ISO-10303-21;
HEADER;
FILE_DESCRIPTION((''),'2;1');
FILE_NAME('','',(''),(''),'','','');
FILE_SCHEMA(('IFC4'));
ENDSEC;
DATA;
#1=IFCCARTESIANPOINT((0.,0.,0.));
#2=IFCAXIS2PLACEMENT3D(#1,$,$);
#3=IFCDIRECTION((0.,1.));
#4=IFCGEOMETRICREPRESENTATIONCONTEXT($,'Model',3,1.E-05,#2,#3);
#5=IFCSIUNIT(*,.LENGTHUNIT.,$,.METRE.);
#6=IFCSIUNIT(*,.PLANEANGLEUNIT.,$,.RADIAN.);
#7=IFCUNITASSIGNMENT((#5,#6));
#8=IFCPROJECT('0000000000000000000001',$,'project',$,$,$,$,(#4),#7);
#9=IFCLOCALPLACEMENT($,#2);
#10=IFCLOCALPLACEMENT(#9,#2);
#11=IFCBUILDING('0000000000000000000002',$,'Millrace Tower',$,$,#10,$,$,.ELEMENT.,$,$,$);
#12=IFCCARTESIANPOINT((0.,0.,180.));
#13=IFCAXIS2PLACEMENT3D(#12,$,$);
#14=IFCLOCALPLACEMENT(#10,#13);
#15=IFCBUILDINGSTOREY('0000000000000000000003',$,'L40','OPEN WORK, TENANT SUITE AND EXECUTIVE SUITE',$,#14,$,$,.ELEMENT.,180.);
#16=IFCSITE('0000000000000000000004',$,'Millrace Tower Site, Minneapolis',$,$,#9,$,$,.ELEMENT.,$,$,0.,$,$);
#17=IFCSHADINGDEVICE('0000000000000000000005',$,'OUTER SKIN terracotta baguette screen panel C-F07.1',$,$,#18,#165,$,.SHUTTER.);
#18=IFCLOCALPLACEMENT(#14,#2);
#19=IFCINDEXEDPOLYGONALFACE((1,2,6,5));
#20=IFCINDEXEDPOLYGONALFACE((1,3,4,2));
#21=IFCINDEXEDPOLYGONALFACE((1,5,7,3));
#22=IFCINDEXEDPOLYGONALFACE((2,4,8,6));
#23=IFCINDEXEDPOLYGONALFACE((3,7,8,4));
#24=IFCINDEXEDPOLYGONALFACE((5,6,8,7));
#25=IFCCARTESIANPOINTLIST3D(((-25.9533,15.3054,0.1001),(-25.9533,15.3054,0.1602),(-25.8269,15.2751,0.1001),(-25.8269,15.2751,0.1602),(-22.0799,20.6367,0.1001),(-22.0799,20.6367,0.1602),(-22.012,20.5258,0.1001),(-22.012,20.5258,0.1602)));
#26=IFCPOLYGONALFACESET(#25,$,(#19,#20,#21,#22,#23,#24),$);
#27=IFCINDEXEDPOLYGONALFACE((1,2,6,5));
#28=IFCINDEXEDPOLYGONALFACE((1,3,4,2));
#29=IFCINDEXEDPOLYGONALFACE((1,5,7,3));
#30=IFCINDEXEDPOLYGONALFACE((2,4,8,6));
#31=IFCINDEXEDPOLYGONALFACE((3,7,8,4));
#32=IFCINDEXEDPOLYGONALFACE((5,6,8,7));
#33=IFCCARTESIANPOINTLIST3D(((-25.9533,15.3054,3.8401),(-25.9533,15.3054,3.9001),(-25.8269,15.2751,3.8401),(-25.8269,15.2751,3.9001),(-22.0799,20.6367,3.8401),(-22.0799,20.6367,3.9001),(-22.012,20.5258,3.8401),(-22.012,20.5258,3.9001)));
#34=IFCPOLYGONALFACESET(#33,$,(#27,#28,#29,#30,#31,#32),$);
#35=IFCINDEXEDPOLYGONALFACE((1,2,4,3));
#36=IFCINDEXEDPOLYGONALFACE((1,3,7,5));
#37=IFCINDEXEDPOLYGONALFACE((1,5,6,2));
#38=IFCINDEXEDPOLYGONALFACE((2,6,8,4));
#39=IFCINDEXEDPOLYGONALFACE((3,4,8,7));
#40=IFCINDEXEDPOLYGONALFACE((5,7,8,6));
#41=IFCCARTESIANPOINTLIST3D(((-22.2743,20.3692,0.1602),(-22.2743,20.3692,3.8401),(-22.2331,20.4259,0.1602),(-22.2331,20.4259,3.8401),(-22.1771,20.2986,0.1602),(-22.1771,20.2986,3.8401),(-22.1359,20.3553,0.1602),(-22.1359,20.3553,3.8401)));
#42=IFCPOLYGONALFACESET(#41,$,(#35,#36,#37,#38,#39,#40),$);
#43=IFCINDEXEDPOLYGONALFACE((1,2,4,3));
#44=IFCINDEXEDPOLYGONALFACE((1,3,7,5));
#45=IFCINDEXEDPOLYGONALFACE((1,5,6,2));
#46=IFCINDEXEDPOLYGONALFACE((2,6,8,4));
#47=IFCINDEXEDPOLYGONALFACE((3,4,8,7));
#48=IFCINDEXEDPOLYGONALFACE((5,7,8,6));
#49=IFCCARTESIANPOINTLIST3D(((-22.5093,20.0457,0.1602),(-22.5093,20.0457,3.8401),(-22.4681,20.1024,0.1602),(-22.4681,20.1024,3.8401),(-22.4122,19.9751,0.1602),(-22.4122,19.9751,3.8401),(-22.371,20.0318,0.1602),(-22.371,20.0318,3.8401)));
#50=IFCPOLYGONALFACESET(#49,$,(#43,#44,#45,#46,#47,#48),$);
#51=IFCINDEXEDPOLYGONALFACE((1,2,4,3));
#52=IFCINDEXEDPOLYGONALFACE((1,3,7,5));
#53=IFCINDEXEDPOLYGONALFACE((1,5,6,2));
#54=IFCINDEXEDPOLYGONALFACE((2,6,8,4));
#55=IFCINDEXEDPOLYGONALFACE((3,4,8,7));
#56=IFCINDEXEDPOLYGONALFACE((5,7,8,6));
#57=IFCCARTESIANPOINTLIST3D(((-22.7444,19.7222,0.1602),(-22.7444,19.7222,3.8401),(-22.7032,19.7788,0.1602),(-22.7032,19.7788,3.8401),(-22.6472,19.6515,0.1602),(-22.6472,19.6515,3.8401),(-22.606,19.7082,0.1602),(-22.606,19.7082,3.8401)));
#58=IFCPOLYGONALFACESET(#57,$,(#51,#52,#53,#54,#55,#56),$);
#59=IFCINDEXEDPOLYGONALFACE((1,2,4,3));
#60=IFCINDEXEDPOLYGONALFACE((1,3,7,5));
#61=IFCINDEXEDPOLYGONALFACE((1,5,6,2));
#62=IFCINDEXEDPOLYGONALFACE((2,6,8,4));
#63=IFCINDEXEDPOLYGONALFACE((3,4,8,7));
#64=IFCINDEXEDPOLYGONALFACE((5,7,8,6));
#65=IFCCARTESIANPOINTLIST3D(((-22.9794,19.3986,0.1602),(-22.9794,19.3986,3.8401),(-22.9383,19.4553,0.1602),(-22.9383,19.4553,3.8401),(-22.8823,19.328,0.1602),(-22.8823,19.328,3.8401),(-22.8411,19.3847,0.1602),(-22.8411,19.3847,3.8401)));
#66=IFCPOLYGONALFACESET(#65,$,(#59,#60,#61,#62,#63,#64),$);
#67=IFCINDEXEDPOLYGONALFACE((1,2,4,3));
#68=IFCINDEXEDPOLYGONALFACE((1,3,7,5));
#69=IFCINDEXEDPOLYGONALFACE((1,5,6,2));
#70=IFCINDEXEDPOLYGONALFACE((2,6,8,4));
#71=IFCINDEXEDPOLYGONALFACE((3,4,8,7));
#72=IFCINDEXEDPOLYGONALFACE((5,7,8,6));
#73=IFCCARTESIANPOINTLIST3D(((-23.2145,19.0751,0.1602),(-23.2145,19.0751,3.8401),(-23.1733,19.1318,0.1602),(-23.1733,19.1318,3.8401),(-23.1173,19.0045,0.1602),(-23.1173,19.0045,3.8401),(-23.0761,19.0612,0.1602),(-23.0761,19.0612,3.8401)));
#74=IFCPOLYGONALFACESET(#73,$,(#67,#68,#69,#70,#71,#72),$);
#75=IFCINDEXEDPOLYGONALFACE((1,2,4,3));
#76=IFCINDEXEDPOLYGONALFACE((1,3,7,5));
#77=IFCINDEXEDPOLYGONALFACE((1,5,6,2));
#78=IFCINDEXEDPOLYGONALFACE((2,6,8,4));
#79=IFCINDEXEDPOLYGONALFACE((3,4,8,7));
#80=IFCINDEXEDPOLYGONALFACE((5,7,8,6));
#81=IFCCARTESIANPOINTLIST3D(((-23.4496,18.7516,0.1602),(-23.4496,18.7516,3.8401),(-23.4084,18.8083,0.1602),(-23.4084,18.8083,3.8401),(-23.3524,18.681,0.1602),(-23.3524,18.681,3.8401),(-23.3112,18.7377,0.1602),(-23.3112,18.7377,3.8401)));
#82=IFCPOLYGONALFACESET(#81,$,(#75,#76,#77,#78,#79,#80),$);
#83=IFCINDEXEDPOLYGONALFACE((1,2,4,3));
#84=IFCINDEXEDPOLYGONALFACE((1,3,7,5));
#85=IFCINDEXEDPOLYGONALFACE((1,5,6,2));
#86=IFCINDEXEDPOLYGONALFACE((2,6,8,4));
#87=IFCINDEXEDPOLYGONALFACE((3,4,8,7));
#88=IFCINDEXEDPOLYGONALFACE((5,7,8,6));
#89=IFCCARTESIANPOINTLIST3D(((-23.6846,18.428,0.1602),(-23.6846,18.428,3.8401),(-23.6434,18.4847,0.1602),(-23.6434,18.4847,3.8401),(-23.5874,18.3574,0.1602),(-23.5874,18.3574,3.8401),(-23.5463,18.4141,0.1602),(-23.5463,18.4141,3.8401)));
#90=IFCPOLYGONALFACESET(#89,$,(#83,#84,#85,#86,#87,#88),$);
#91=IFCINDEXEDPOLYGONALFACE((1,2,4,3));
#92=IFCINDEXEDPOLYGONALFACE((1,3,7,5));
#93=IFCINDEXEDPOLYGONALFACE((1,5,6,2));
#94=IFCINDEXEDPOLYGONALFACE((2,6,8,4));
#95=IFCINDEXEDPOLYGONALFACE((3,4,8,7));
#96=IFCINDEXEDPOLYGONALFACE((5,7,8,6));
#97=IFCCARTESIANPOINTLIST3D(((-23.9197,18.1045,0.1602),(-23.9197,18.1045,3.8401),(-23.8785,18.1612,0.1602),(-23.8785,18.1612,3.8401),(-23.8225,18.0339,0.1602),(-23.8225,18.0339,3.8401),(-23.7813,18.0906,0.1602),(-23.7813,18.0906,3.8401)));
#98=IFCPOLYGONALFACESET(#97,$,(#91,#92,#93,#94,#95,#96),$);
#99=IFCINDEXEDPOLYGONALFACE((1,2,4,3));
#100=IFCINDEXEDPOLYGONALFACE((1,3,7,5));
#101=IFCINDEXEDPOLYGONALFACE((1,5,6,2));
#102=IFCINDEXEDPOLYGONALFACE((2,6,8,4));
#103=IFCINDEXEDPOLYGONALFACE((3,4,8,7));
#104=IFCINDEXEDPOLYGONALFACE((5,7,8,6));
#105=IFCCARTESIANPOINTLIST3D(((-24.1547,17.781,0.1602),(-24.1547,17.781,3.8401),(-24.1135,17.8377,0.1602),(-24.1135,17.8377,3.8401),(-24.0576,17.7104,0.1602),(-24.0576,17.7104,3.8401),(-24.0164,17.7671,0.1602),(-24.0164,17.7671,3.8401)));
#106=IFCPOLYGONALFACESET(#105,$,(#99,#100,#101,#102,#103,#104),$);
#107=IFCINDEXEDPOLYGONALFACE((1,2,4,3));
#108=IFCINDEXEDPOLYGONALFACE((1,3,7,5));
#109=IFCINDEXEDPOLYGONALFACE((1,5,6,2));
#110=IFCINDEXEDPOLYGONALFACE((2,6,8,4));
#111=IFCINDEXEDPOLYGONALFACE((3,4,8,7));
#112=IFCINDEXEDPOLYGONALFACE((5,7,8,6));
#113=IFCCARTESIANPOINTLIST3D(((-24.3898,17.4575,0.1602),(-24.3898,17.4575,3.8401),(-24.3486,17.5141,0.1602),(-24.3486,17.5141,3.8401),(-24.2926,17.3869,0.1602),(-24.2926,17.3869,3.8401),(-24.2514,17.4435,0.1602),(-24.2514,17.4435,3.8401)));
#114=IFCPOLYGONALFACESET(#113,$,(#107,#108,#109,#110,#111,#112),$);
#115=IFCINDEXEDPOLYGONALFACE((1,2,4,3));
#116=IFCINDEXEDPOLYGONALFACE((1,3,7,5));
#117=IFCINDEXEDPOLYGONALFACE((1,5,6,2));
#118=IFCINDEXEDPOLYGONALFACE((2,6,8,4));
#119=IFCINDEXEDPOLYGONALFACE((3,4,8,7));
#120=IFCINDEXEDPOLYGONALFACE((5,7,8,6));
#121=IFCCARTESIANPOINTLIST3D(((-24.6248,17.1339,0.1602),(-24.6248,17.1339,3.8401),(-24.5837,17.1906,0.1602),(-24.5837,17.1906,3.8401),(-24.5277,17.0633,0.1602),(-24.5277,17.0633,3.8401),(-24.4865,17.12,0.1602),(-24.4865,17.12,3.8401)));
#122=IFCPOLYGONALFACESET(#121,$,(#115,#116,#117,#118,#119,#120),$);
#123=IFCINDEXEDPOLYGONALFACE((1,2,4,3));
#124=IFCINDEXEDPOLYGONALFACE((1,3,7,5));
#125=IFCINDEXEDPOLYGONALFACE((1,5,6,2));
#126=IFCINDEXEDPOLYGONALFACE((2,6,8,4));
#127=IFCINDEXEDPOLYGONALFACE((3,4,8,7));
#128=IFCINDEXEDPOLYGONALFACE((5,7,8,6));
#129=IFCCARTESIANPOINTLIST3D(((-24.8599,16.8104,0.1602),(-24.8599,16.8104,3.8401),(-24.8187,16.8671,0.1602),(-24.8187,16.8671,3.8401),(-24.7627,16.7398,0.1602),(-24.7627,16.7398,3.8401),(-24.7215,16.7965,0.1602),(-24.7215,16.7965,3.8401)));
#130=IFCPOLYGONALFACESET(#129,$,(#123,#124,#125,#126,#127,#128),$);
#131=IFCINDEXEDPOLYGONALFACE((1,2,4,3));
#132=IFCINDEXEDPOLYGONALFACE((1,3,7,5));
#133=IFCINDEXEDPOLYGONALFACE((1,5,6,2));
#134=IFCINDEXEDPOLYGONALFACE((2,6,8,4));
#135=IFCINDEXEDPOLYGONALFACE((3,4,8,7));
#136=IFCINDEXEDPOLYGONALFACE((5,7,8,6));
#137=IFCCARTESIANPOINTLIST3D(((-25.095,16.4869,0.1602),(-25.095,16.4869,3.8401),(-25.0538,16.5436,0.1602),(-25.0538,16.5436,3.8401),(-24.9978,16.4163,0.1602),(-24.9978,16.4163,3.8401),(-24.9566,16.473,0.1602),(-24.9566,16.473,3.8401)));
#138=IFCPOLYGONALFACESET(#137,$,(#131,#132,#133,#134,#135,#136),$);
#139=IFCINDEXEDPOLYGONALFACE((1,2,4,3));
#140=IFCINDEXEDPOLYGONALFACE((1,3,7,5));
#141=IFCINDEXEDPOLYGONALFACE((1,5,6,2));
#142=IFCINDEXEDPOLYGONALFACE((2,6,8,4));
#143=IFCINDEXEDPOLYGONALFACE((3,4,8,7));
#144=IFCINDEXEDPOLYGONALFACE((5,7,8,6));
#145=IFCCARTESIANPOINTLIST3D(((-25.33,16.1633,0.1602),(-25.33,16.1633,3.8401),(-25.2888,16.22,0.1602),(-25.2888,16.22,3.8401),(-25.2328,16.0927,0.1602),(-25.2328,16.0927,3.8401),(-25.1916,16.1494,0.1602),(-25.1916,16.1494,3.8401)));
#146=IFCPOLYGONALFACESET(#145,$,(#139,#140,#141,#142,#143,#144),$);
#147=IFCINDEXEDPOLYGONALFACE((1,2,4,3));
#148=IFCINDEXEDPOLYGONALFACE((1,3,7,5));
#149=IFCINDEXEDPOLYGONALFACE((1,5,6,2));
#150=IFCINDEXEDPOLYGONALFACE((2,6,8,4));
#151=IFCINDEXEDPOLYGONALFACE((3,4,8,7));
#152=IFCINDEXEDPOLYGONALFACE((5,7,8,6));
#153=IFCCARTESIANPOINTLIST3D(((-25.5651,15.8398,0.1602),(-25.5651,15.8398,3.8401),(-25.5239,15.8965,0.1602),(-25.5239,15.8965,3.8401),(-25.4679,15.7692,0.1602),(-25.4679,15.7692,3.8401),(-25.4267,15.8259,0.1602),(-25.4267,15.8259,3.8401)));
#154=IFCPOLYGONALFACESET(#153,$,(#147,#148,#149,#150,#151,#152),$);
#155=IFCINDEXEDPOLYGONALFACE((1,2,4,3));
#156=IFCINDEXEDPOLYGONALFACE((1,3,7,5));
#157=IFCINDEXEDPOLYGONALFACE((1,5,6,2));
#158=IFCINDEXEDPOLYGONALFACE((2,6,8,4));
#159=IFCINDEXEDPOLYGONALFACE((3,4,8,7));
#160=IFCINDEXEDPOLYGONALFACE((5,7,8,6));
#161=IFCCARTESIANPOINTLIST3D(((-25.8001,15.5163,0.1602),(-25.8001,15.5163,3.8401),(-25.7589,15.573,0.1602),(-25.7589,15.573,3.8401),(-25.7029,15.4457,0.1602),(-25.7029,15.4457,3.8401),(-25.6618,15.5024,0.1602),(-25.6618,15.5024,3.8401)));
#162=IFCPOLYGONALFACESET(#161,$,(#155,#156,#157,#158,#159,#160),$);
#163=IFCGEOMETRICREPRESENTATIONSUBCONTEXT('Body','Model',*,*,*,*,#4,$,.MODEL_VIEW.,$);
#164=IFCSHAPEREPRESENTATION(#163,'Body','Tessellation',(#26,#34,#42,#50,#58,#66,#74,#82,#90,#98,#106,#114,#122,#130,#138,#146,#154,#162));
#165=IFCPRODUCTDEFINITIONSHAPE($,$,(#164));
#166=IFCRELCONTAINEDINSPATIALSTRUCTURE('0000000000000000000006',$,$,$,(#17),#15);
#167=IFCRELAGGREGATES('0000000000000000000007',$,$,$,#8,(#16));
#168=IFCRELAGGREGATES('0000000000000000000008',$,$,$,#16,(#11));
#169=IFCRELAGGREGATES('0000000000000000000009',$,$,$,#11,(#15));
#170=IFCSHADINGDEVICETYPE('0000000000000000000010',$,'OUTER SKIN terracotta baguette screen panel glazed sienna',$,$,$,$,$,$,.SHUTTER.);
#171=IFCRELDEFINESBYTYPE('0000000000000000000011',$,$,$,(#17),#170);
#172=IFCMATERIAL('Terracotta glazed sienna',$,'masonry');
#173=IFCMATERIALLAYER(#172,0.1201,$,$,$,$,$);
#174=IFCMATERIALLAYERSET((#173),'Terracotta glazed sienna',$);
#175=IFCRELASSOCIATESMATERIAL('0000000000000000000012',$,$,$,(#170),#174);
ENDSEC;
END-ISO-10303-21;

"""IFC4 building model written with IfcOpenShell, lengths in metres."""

from ifc_helpers import new_model, entity, si_unit, direction, frame, frame_2d, origin, place, context, subcontext, project, spatial, rectangle, extrude, source, transform, mapped, material, layer, layer_set, type_object, element, save


model = new_model("IFC4")

# Units and contexts
model_context = context("Model", 3, precision=1e-05, world=origin(), true_north=direction((0.0, 1.0)))
body_context = subcontext(model_context, "Body", "Model", "MODEL_VIEW")
ifc_project = project(units=[si_unit("LENGTHUNIT", "METRE"), si_unit("PLANEANGLEUNIT", "RADIAN")], contexts=[model_context])

# Site, building, storey
site_placement = place(None, origin())
site = spatial("IfcSite", under=ifc_project, at=site_placement, Name="Millrace Tower Site, Minneapolis", CompositionType="ELEMENT", RefElevation=0.0)
building_placement = place(site_placement, origin())
building = spatial("IfcBuilding", under=site, at=building_placement, Name="Millrace Tower", CompositionType="ELEMENT")
storey_placement = place(building_placement, frame((0.0, 0.0, 180.0)))
storey = spatial("IfcBuildingStorey", under=building, at=storey_placement, Name="L40", Description="OPEN WORK, TENANT SUITE AND EXECUTIVE SUITE", CompositionType="ELEMENT", Elevation=180.0)

# Shading device
ifc_material_1 = material(Name="Terracotta glazed sienna", Category="masonry")
ifc_layer_1 = layer(ifc_material_1, 0.1201)
ifc_layer_set_1 = layer_set([ifc_layer_1], Name="Terracotta glazed sienna")
shading_device_type = type_object("IfcShadingDeviceType", Name="OUTER SKIN terracotta baguette screen panel glazed sienna", PredefinedType="SHUTTER", material=ifc_layer_set_1)
cartesian_point_1 = entity("IfcCartesianPoint", [-3.2451, 0.0601])
shared_polyline_1 = entity("IfcPolyline", [cartesian_point_1, entity("IfcCartesianPoint", [3.2451, 0.0601]), entity("IfcCartesianPoint", [3.2949, -0.0601]), entity("IfcCartesianPoint", [-3.2949, -0.0601]), cartesian_point_1])
shared_shape_1 = source(origin(), body_context, "Body", "SweptSolid", [
    entity("IfcExtrudedAreaSolid", entity("IfcArbitraryClosedProfileDef", "AREA", None, shared_polyline_1), entity("IfcAxis2Placement3D", entity("IfcCartesianPoint", [0.0, 0.0, 0.0])), entity("IfcDirection", [0.0, 0.0, 1.0]), 0.0601),
    entity("IfcExtrudedAreaSolid", entity("IfcArbitraryClosedProfileDef", "AREA", None, shared_polyline_1), entity("IfcAxis2Placement3D", entity("IfcCartesianPoint", [0.0, 0.0, 3.74])), entity("IfcDirection", [0.0, 0.0, 1.0]), 0.0601),
    extrude(rectangle(XDim=0.0701, YDim=0.1201, at=frame_2d((-2.9993, 0.0))), frame((0.0, 0.0, 0.0601)), (0.0, 0.0, 1.0), 3.6799),
    extrude(rectangle(XDim=0.0701, YDim=0.1201, at=frame_2d((-2.5994, 0.0))), frame((0.0, 0.0, 0.0601)), (0.0, 0.0, 1.0), 3.6799),
    extrude(rectangle(XDim=0.0701, YDim=0.1201, at=frame_2d((-2.1995, 0.0))), frame((0.0, 0.0, 0.0601)), (0.0, 0.0, 1.0), 3.6799),
    extrude(rectangle(XDim=0.0701, YDim=0.1201, at=frame_2d((-1.7996, 0.0))), frame((0.0, 0.0, 0.0601)), (0.0, 0.0, 1.0), 3.6799),
    extrude(rectangle(XDim=0.0701, YDim=0.1201, at=frame_2d((-1.3997, 0.0))), frame((0.0, 0.0, 0.0601)), (0.0, 0.0, 1.0), 3.6799),
    extrude(rectangle(XDim=0.0701, YDim=0.1201, at=frame_2d((-0.9998, 0.0))), frame((0.0, 0.0, 0.0601)), (0.0, 0.0, 1.0), 3.6799),
    extrude(rectangle(XDim=0.0701, YDim=0.1201, at=frame_2d((-0.5999, 0.0))), frame((0.0, 0.0, 0.0601)), (0.0, 0.0, 1.0), 3.6799),
    extrude(rectangle(XDim=0.0701, YDim=0.1201, at=frame_2d((-0.2, 0.0))), frame((0.0, 0.0, 0.0601)), (0.0, 0.0, 1.0), 3.6799),
    extrude(rectangle(XDim=0.0701, YDim=0.1201, at=frame_2d((0.2, 0.0))), frame((0.0, 0.0, 0.0601)), (0.0, 0.0, 1.0), 3.6799),
    extrude(rectangle(XDim=0.0701, YDim=0.1201, at=frame_2d((0.5999, 0.0))), frame((0.0, 0.0, 0.0601)), (0.0, 0.0, 1.0), 3.6799),
    extrude(rectangle(XDim=0.0701, YDim=0.1201, at=frame_2d((0.9998, 0.0))), frame((0.0, 0.0, 0.0601)), (0.0, 0.0, 1.0), 3.6799),
    extrude(rectangle(XDim=0.0701, YDim=0.1201, at=frame_2d((1.3997, 0.0))), frame((0.0, 0.0, 0.0601)), (0.0, 0.0, 1.0), 3.6799),
    extrude(rectangle(XDim=0.0701, YDim=0.1201, at=frame_2d((1.7996, 0.0))), frame((0.0, 0.0, 0.0601)), (0.0, 0.0, 1.0), 3.6799),
    extrude(rectangle(XDim=0.0701, YDim=0.1201, at=frame_2d((2.1995, 0.0))), frame((0.0, 0.0, 0.0601)), (0.0, 0.0, 1.0), 3.6799),
    extrude(rectangle(XDim=0.0701, YDim=0.1201, at=frame_2d((2.5994, 0.0))), frame((0.0, 0.0, 0.0601)), (0.0, 0.0, 1.0), 3.6799),
    extrude(rectangle(XDim=0.0701, YDim=0.1201, at=frame_2d((2.9993, 0.0))), frame((0.0, 0.0, 0.0601)), (0.0, 0.0, 1.0), 3.6799),
])
shading_device_1_placement = place(storey_placement, frame((-23.968, 17.9358, 0.1001), z_axis=(0.0, 0.0, 1.0), x_axis=(-0.587785, -0.809017, 0.0)))
element("IfcShadingDevice", 1, at=shading_device_1_placement, inside=storey, type_object=shading_device_type, Name="OUTER SKIN terracotta baguette screen panel C-F07.1", PredefinedType="SHUTTER", context=body_context, shape_type="MappedRepresentation", body=[
    mapped(shared_shape_1, transform((0.0, 0.0, 0.0), scale=1.0)),
])

save(model, "model.ifc")
